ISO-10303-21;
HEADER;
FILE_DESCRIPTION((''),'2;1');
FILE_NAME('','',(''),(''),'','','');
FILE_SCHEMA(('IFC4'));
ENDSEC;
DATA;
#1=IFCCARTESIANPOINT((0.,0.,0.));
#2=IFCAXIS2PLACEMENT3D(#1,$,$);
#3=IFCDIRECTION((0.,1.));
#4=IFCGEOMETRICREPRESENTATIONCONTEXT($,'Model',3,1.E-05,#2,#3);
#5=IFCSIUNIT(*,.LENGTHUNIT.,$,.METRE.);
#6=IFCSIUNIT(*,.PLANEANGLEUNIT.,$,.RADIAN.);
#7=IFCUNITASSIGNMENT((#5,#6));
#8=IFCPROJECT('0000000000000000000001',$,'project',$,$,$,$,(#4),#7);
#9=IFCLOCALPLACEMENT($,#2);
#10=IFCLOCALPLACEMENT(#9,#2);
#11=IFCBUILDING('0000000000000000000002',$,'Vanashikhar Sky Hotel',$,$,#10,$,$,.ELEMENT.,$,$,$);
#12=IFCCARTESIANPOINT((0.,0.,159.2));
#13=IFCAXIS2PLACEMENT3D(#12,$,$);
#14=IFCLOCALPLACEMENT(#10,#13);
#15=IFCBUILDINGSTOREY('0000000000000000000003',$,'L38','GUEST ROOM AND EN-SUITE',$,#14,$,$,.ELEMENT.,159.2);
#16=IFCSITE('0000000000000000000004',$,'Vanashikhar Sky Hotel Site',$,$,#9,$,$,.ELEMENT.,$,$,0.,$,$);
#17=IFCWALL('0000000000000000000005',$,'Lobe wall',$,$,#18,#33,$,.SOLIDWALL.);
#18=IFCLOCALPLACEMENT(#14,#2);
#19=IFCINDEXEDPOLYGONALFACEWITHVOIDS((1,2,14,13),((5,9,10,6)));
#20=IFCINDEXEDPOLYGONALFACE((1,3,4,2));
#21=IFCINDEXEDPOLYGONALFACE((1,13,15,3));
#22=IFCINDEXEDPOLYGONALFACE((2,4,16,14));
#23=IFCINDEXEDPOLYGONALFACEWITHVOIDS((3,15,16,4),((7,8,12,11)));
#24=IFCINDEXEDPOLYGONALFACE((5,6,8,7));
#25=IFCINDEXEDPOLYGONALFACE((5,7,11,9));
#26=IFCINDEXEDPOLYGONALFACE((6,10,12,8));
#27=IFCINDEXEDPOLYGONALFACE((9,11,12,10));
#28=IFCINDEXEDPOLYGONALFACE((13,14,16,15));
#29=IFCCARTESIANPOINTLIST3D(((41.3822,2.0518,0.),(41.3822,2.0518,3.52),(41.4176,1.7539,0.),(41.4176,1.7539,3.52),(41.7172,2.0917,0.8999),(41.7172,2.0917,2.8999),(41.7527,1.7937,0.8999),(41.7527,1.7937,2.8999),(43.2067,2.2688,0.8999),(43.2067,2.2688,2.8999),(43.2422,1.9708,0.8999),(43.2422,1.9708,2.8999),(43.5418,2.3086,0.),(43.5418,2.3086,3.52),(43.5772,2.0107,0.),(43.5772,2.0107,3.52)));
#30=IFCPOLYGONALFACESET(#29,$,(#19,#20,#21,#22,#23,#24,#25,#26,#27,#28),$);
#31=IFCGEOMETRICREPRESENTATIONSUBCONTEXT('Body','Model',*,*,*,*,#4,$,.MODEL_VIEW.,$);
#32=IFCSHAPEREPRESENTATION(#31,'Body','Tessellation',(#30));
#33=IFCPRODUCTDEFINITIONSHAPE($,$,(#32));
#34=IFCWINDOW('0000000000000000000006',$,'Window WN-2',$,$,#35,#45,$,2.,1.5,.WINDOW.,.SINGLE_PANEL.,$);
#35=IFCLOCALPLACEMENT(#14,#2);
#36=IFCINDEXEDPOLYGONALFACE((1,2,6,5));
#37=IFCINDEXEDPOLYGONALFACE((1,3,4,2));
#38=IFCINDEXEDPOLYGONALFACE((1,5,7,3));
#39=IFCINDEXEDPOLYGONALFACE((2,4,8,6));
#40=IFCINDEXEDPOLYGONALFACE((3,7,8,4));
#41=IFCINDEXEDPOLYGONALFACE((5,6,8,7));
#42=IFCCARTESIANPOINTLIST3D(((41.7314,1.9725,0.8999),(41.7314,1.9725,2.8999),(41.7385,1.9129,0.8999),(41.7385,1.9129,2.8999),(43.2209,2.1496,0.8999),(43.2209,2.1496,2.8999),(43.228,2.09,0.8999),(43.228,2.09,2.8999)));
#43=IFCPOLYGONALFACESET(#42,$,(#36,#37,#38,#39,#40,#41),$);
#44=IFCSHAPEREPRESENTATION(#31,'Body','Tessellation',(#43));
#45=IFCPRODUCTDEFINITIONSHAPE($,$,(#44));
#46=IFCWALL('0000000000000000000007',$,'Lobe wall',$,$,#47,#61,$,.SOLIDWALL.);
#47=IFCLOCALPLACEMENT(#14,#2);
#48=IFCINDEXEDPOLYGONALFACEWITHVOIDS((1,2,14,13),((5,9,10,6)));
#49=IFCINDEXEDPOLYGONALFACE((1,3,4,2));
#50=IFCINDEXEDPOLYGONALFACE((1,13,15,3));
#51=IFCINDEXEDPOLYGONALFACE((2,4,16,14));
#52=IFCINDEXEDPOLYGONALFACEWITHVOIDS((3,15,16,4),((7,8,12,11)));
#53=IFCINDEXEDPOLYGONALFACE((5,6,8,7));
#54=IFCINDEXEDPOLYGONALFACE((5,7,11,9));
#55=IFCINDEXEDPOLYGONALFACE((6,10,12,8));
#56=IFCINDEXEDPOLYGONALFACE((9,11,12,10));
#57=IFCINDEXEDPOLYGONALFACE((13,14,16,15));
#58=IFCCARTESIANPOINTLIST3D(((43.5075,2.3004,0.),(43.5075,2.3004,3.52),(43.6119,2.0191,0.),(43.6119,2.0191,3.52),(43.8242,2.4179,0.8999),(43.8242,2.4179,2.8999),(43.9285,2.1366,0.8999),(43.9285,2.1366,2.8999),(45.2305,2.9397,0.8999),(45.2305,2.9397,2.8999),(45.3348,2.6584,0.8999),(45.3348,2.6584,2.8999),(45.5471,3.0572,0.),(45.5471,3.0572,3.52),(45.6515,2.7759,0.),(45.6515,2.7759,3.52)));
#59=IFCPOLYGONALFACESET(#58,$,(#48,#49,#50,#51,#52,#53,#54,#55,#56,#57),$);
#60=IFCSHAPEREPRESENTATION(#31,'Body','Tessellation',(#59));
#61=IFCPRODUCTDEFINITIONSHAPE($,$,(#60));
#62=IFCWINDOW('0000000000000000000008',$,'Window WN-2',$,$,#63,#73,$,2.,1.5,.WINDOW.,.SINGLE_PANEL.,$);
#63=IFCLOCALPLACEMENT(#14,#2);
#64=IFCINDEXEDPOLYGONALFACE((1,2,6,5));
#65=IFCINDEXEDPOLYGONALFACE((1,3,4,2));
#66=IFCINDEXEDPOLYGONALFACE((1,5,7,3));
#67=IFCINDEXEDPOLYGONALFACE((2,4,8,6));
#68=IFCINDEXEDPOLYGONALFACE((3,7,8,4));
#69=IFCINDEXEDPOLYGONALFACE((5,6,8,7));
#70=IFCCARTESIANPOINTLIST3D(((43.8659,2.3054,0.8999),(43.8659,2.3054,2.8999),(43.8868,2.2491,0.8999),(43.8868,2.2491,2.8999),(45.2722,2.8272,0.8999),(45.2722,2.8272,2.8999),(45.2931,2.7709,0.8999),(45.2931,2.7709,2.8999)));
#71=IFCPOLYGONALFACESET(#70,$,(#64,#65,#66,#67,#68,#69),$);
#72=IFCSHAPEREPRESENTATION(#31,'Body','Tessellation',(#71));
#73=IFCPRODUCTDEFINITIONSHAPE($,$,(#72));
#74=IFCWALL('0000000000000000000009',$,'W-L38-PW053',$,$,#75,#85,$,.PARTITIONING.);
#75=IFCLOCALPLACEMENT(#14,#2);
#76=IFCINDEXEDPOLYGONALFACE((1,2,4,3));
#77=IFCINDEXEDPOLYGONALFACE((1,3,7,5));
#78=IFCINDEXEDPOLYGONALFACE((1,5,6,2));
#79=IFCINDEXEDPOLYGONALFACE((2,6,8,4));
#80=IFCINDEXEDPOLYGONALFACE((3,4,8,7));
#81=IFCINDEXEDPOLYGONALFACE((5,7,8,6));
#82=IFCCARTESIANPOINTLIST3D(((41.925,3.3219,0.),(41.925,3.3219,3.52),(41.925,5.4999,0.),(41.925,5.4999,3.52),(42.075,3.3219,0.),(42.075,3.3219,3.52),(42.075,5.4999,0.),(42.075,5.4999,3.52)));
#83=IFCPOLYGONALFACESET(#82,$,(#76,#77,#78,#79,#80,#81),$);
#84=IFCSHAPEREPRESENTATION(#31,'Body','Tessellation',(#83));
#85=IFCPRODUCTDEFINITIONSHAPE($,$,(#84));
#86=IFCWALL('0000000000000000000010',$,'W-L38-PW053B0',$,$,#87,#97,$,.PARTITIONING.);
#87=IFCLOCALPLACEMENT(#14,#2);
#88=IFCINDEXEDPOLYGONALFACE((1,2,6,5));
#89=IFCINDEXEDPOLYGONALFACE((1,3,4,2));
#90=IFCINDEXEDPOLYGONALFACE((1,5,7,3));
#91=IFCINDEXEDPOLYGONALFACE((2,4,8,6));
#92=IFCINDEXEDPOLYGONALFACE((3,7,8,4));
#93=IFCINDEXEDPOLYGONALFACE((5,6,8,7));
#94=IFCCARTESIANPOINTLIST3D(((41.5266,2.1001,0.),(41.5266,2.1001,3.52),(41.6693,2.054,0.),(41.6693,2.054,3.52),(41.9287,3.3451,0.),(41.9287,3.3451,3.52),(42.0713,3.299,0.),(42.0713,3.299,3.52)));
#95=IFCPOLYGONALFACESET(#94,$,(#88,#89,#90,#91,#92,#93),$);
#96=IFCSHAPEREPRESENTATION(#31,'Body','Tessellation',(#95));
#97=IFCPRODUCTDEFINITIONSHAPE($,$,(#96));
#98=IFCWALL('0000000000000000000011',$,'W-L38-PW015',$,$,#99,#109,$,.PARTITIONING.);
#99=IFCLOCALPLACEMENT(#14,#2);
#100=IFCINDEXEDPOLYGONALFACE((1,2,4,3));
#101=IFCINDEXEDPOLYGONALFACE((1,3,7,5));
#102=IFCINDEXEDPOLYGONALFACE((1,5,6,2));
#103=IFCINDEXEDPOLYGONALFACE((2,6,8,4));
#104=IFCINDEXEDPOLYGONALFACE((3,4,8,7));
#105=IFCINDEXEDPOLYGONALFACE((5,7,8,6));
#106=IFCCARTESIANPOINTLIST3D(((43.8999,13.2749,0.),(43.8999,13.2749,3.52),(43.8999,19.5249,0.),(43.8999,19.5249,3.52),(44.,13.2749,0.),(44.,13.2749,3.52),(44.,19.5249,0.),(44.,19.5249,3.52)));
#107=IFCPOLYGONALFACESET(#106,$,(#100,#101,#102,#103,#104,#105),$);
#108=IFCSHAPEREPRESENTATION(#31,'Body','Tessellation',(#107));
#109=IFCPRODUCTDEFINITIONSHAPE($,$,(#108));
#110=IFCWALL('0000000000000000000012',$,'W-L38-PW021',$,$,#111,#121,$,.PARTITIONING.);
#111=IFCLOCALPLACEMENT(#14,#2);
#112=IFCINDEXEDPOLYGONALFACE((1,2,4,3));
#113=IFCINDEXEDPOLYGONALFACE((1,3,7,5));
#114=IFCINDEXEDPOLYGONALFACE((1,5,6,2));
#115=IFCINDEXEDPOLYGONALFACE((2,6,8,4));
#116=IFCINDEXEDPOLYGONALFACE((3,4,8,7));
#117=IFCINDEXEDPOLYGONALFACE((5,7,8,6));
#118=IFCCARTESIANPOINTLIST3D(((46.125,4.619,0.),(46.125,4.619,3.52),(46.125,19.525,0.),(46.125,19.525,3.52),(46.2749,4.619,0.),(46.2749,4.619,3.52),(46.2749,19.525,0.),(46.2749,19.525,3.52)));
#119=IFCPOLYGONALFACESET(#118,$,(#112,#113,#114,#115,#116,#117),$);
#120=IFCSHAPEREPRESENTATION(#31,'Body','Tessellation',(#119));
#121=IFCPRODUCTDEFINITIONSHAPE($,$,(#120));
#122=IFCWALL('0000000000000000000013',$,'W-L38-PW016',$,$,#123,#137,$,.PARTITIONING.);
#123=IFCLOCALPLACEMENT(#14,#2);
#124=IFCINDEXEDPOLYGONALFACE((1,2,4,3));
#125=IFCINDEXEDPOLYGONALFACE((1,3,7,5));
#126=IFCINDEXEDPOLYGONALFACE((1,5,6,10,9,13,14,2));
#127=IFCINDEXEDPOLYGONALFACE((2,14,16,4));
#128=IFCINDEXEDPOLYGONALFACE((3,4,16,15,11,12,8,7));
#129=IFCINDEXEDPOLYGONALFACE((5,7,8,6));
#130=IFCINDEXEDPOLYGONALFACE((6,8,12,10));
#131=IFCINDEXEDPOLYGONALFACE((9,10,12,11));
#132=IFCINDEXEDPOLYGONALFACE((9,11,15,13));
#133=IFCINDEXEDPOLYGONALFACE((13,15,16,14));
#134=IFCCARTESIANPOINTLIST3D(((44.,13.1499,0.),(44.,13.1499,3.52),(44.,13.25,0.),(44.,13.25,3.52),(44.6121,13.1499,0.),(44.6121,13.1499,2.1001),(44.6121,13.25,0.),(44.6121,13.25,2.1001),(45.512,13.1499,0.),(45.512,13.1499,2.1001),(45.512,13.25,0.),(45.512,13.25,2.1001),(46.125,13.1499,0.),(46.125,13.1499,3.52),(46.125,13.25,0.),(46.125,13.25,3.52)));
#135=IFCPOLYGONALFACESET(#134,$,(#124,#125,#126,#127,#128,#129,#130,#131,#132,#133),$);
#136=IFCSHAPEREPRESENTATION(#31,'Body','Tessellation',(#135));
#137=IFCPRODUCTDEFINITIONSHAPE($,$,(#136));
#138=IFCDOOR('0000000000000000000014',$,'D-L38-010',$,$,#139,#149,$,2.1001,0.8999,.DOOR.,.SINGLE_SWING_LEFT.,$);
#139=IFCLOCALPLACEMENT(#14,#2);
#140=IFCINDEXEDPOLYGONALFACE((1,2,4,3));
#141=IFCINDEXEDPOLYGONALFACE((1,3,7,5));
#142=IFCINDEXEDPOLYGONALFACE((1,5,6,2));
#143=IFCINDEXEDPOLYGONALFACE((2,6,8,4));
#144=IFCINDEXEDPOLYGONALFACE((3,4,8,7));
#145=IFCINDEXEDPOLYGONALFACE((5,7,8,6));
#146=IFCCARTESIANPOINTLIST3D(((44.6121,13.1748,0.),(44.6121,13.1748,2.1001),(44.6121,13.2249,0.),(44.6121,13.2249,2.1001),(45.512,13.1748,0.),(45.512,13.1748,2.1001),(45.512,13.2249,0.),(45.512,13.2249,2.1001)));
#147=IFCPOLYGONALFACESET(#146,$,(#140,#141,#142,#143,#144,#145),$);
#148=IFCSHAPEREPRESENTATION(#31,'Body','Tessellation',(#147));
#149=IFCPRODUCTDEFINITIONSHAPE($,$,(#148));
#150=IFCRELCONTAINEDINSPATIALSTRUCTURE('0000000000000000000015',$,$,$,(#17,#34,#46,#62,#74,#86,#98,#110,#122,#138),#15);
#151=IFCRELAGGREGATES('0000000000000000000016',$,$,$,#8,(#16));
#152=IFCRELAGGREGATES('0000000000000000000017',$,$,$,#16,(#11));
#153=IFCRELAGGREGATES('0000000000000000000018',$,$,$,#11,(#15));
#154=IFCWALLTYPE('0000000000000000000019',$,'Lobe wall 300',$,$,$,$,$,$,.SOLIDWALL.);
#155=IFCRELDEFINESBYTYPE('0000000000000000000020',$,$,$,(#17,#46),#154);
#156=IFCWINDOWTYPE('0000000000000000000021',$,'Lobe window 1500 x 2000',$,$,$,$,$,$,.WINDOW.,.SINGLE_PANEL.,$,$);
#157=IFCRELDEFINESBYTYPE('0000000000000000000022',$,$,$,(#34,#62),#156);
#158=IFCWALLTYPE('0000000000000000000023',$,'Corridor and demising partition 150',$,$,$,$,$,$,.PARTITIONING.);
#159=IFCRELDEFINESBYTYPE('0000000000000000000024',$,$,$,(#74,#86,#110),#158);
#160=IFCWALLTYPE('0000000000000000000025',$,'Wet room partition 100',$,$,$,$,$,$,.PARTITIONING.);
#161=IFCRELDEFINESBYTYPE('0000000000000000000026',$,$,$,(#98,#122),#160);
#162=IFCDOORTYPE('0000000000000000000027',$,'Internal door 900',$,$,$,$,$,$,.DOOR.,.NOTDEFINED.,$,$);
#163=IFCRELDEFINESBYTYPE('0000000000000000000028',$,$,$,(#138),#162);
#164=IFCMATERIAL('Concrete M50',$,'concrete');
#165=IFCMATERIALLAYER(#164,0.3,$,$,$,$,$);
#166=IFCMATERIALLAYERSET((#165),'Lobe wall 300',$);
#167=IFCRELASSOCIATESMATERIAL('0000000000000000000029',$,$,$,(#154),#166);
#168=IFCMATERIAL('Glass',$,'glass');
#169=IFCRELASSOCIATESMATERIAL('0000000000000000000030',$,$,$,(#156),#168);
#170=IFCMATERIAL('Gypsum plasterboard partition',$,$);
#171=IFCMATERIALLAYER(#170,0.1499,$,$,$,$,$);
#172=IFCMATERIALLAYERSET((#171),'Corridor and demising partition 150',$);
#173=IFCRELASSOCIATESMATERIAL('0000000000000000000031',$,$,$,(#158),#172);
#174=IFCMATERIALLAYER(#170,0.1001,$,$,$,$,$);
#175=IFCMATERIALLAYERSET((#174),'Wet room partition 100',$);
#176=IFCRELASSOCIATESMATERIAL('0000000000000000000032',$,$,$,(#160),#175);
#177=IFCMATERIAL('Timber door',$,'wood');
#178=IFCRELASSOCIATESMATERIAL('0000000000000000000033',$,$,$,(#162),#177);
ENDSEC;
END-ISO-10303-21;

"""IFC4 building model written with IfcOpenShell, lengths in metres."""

from ifc_helpers import new_model, si_unit, direction, frame, frame_2d, origin, place, context, subcontext, project, spatial, rectangle, extrude, source, transform, mapped, material, layer, layer_set, type_object, element, fill, save


model = new_model("IFC4")

# Units and contexts
model_context = context("Model", 3, precision=1e-05, world=origin(), true_north=direction((0.0, 1.0)))
body_context = subcontext(model_context, "Body", "Model", "MODEL_VIEW")
ifc_project = project(units=[si_unit("LENGTHUNIT", "METRE"), si_unit("PLANEANGLEUNIT", "RADIAN")], contexts=[model_context])

# Site, building, storey
site_placement = place(None, origin())
site = spatial("IfcSite", under=ifc_project, at=site_placement, Name="Vanashikhar Sky Hotel Site", CompositionType="ELEMENT", RefElevation=0.0)
building_placement = place(site_placement, origin())
building = spatial("IfcBuilding", under=site, at=building_placement, Name="Vanashikhar Sky Hotel", CompositionType="ELEMENT")
storey_placement = place(building_placement, frame((0.0, 0.0, 159.2)))
storey = spatial("IfcBuildingStorey", under=building, at=storey_placement, Name="L38", Description="GUEST ROOM AND EN-SUITE", CompositionType="ELEMENT", Elevation=159.2)

# Shared definitions
ifc_material_1 = material(Name="Concrete M50", Category="concrete")

# Walls, openings, windows
ifc_layer_1 = layer(ifc_material_1, 0.3)
ifc_layer_set_1 = layer_set([ifc_layer_1], Name="Lobe wall 300")
wall_type_1 = type_object("IfcWallType", Name="Lobe wall 300", PredefinedType="SOLIDWALL", material=ifc_layer_set_1)
shared_shape_1 = source(origin(), body_context, "Body", "SweptSolid", [
    extrude(rectangle(XDim=1.5, YDim=2.0, at=frame_2d((0.75, 1.0))), frame((0.0, 0.1602, 0.0), z_axis=(0.0, -1.0, 0.0), x_axis=(1.0, 0.0, 0.0)), (0.0, 0.0, 1.0), 0.3201),
])
ifc_material_2 = material(Name="Glass", Category="glass")
window_type = type_object("IfcWindowType", Name="Lobe window 1500 x 2000", PartitioningType="SINGLE_PANEL", PredefinedType="WINDOW", material=ifc_material_2)
shared_shape_2 = source(origin(), body_context, "Body", "SweptSolid", [
    extrude(rectangle(XDim=1.5, YDim=2.0, at=frame_2d((0.75, 1.0))), frame((0.0, 0.03, 0.0), z_axis=(0.0, -1.0, 0.0), x_axis=(1.0, 0.0, 0.0)), (0.0, 0.0, 1.0), 0.0601),
])
shared_shape_3 = source(origin(), body_context, "Body", "SweptSolid", [
    extrude(rectangle(XDim=2.1748, YDim=0.3, at=frame_2d((1.0874, 0.0))), origin(), (0.0, 0.0, 1.0), 3.52),
])
wall_1_placement = place(storey_placement, frame((41.3999, 1.9028, 0.0), z_axis=(0.0, 0.0, 1.0), x_axis=(0.993003, 0.118092, 0.0)))
wall_1 = element("IfcWall", 1, at=wall_1_placement, inside=storey, type_object=wall_type_1, Name="Lobe wall", PredefinedType="SOLIDWALL", context=body_context, shape_type="MappedRepresentation", body=[
    mapped(shared_shape_3, transform((0.0, 0.0, 0.0), scale=1.0)),
])
opening_1_placement = place(wall_1_placement, frame((0.3374, 0.0, 0.8999)))
opening_1 = element("IfcOpeningElement", 2, at=opening_1_placement, cuts=wall_1, PredefinedType="OPENING", context=body_context, shape_type="MappedRepresentation", body=[
    mapped(shared_shape_1, transform((0.0, 0.0, 0.0), scale=1.0)),
])
window_1_placement = place(opening_1_placement, origin())
window_1 = element("IfcWindow", 3, at=window_1_placement, inside=storey, type_object=window_type, Name="Window WN-2", OverallHeight=2.0, OverallWidth=1.5, PartitioningType="SINGLE_PANEL", PredefinedType="WINDOW", context=body_context, shape_type="MappedRepresentation", body=[
    mapped(shared_shape_2, transform((0.0, 0.0, 0.0), scale=1.0)),
])
fill(opening_1, window_1)
shared_shape_4 = source(origin(), body_context, "Body", "SweptSolid", [
    extrude(rectangle(XDim=2.1755, YDim=0.3, at=frame_2d((1.0879, 0.0))), origin(), (0.0, 0.0, 1.0), 3.52),
])
wall_2_placement = place(storey_placement, frame((43.5596, 2.1597, 0.0), z_axis=(0.0, 0.0, 1.0), x_axis=(0.937532, 0.347899, 0.0)))
wall_2 = element("IfcWall", 4, at=wall_2_placement, inside=storey, type_object=wall_type_1, Name="Lobe wall", PredefinedType="SOLIDWALL", context=body_context, shape_type="MappedRepresentation", body=[
    mapped(shared_shape_4, transform((0.0, 0.0, 0.0), scale=1.0)),
])
opening_2_placement = place(wall_2_placement, frame((0.3379, 0.0, 0.8999)))
opening_2 = element("IfcOpeningElement", 5, at=opening_2_placement, cuts=wall_2, PredefinedType="OPENING", context=body_context, shape_type="MappedRepresentation", body=[
    mapped(shared_shape_1, transform((0.0, 0.0, 0.0), scale=1.0)),
])
window_2_placement = place(opening_2_placement, origin())
window_2 = element("IfcWindow", 6, at=window_2_placement, inside=storey, type_object=window_type, Name="Window WN-2", OverallHeight=2.0, OverallWidth=1.5, PartitioningType="SINGLE_PANEL", PredefinedType="WINDOW", context=body_context, shape_type="MappedRepresentation", body=[
    mapped(shared_shape_2, transform((0.0, 0.0, 0.0), scale=1.0)),
])
fill(opening_2, window_2)

# Walls
ifc_material_3 = material(Name="Gypsum plasterboard partition")
ifc_layer_2 = layer(ifc_material_3, 0.1499)
ifc_layer_set_2 = layer_set([ifc_layer_2], Name="Corridor and demising partition 150")
wall_type_2 = type_object("IfcWallType", Name="Corridor and demising partition 150", PredefinedType="PARTITIONING", material=ifc_layer_set_2)
shared_shape_5 = source(origin(), body_context, "Body", "SweptSolid", [
    extrude(rectangle(XDim=2.178, YDim=0.1499, at=frame_2d((1.0889, 0.0))), origin(), (0.0, 0.0, 1.0), 3.52),
])
wall_3_placement = place(storey_placement, frame((42.0, 3.322, 0.0), z_axis=(0.0, 0.0, 1.0), x_axis=(0.0, 1.0, 0.0)))
element("IfcWall", 7, at=wall_3_placement, inside=storey, type_object=wall_type_2, Name="W-L38-PW053", PredefinedType="PARTITIONING", context=body_context, shape_type="MappedRepresentation", body=[
    mapped(shared_shape_5, transform((0.0, 0.0, 0.0), scale=1.0)),
])
shared_shape_6 = source(origin(), body_context, "Body", "SweptSolid", [
    extrude(rectangle(XDim=1.3083, YDim=0.1499, at=frame_2d((0.6543, 0.0))), origin(), (0.0, 0.0, 1.0), 3.52),
])
wall_4_placement = place(storey_placement, frame((41.5979, 2.0769, 0.0), z_axis=(0.0, 0.0, 1.0), x_axis=(0.307314, 0.951608, 0.0)))
element("IfcWall", 8, at=wall_4_placement, inside=storey, type_object=wall_type_2, Name="W-L38-PW053B0", PredefinedType="PARTITIONING", context=body_context, shape_type="MappedRepresentation", body=[
    mapped(shared_shape_6, transform((0.0, 0.0, 0.0), scale=1.0)),
])
ifc_layer_3 = layer(ifc_material_3, 0.1001)
ifc_layer_set_3 = layer_set([ifc_layer_3], Name="Wet room partition 100")
wall_type_3 = type_object("IfcWallType", Name="Wet room partition 100", PredefinedType="PARTITIONING", material=ifc_layer_set_3)
shared_shape_7 = source(origin(), body_context, "Body", "SweptSolid", [
    extrude(rectangle(XDim=6.25, YDim=0.1001, at=frame_2d((3.125, 0.0))), origin(), (0.0, 0.0, 1.0), 3.52),
])
wall_5_placement = place(storey_placement, frame((43.95, 13.2749, 0.0), z_axis=(0.0, 0.0, 1.0), x_axis=(0.0, 1.0, 0.0)))
element("IfcWall", 9, at=wall_5_placement, inside=storey, type_object=wall_type_3, Name="W-L38-PW015", PredefinedType="PARTITIONING", context=body_context, shape_type="MappedRepresentation", body=[
    mapped(shared_shape_7, transform((0.0, 0.0, 0.0), scale=1.0)),
])
shared_shape_8 = source(origin(), body_context, "Body", "SweptSolid", [
    extrude(rectangle(XDim=14.906, YDim=0.1499, at=frame_2d((7.4531, 0.0))), origin(), (0.0, 0.0, 1.0), 3.52),
])
wall_6_placement = place(storey_placement, frame((46.2, 4.6189, 0.0), z_axis=(0.0, 0.0, 1.0), x_axis=(0.0, 1.0, 0.0)))
element("IfcWall", 10, at=wall_6_placement, inside=storey, type_object=wall_type_2, Name="W-L38-PW021", PredefinedType="PARTITIONING", context=body_context, shape_type="MappedRepresentation", body=[
    mapped(shared_shape_8, transform((0.0, 0.0, 0.0), scale=1.0)),
])

# Wall, opening, door
shared_shape_9 = source(origin(), body_context, "Body", "SweptSolid", [
    extrude(rectangle(XDim=2.125, YDim=0.1001, at=frame_2d((1.0625, 0.0))), origin(), (0.0, 0.0, 1.0), 3.52),
])
wall_7_placement = place(storey_placement, frame((44.0, 13.2, 0.0), z_axis=(0.0, 0.0, 1.0), x_axis=(1.0, 0.0, 0.0)))
wall_7 = element("IfcWall", 11, at=wall_7_placement, inside=storey, type_object=wall_type_3, Name="W-L38-PW016", PredefinedType="PARTITIONING", context=body_context, shape_type="MappedRepresentation", body=[
    mapped(shared_shape_9, transform((0.0, 0.0, 0.0), scale=1.0)),
])
shared_shape_10 = source(origin(), body_context, "Body", "SweptSolid", [
    extrude(rectangle(XDim=0.8999, YDim=2.1001, at=frame_2d((0.45, 1.05))), frame((0.0, 0.0601, 0.0), z_axis=(0.0, -1.0, 0.0), x_axis=(1.0, 0.0, 0.0)), (0.0, 0.0, 1.0), 0.1201),
])
opening_3_placement = place(wall_7_placement, frame((0.6121, 0.0, 0.0)))
opening_3 = element("IfcOpeningElement", 12, at=opening_3_placement, cuts=wall_7, PredefinedType="OPENING", context=body_context, shape_type="MappedRepresentation", body=[
    mapped(shared_shape_10, transform((0.0, 0.0, 0.0), scale=1.0)),
])
ifc_material_4 = material(Name="Timber door", Category="wood")
door_type_1 = type_object("IfcDoorType", Name="Internal door 900", OperationType="NOTDEFINED", PredefinedType="DOOR", material=ifc_material_4)
shared_shape_11 = source(origin(), body_context, "Body", "SweptSolid", [
    extrude(rectangle(XDim=0.8999, YDim=2.1001, at=frame_2d((0.45, 1.05))), frame((0.0, 0.0249, 0.0), z_axis=(0.0, -1.0, 0.0), x_axis=(1.0, 0.0, 0.0)), (0.0, 0.0, 1.0), 0.05),
])
door_1_placement = place(opening_3_placement, origin())
door_1 = element("IfcDoor", 13, at=door_1_placement, inside=storey, type_object=door_type_1, Name="D-L38-010", OperationType="SINGLE_SWING_LEFT", OverallHeight=2.1001, OverallWidth=0.8999, PredefinedType="DOOR", context=body_context, shape_type="MappedRepresentation", body=[
    mapped(shared_shape_11, transform((0.0, 0.0, 0.0), scale=1.0)),
])
fill(opening_3, door_1)

save(model, "model.ifc")
